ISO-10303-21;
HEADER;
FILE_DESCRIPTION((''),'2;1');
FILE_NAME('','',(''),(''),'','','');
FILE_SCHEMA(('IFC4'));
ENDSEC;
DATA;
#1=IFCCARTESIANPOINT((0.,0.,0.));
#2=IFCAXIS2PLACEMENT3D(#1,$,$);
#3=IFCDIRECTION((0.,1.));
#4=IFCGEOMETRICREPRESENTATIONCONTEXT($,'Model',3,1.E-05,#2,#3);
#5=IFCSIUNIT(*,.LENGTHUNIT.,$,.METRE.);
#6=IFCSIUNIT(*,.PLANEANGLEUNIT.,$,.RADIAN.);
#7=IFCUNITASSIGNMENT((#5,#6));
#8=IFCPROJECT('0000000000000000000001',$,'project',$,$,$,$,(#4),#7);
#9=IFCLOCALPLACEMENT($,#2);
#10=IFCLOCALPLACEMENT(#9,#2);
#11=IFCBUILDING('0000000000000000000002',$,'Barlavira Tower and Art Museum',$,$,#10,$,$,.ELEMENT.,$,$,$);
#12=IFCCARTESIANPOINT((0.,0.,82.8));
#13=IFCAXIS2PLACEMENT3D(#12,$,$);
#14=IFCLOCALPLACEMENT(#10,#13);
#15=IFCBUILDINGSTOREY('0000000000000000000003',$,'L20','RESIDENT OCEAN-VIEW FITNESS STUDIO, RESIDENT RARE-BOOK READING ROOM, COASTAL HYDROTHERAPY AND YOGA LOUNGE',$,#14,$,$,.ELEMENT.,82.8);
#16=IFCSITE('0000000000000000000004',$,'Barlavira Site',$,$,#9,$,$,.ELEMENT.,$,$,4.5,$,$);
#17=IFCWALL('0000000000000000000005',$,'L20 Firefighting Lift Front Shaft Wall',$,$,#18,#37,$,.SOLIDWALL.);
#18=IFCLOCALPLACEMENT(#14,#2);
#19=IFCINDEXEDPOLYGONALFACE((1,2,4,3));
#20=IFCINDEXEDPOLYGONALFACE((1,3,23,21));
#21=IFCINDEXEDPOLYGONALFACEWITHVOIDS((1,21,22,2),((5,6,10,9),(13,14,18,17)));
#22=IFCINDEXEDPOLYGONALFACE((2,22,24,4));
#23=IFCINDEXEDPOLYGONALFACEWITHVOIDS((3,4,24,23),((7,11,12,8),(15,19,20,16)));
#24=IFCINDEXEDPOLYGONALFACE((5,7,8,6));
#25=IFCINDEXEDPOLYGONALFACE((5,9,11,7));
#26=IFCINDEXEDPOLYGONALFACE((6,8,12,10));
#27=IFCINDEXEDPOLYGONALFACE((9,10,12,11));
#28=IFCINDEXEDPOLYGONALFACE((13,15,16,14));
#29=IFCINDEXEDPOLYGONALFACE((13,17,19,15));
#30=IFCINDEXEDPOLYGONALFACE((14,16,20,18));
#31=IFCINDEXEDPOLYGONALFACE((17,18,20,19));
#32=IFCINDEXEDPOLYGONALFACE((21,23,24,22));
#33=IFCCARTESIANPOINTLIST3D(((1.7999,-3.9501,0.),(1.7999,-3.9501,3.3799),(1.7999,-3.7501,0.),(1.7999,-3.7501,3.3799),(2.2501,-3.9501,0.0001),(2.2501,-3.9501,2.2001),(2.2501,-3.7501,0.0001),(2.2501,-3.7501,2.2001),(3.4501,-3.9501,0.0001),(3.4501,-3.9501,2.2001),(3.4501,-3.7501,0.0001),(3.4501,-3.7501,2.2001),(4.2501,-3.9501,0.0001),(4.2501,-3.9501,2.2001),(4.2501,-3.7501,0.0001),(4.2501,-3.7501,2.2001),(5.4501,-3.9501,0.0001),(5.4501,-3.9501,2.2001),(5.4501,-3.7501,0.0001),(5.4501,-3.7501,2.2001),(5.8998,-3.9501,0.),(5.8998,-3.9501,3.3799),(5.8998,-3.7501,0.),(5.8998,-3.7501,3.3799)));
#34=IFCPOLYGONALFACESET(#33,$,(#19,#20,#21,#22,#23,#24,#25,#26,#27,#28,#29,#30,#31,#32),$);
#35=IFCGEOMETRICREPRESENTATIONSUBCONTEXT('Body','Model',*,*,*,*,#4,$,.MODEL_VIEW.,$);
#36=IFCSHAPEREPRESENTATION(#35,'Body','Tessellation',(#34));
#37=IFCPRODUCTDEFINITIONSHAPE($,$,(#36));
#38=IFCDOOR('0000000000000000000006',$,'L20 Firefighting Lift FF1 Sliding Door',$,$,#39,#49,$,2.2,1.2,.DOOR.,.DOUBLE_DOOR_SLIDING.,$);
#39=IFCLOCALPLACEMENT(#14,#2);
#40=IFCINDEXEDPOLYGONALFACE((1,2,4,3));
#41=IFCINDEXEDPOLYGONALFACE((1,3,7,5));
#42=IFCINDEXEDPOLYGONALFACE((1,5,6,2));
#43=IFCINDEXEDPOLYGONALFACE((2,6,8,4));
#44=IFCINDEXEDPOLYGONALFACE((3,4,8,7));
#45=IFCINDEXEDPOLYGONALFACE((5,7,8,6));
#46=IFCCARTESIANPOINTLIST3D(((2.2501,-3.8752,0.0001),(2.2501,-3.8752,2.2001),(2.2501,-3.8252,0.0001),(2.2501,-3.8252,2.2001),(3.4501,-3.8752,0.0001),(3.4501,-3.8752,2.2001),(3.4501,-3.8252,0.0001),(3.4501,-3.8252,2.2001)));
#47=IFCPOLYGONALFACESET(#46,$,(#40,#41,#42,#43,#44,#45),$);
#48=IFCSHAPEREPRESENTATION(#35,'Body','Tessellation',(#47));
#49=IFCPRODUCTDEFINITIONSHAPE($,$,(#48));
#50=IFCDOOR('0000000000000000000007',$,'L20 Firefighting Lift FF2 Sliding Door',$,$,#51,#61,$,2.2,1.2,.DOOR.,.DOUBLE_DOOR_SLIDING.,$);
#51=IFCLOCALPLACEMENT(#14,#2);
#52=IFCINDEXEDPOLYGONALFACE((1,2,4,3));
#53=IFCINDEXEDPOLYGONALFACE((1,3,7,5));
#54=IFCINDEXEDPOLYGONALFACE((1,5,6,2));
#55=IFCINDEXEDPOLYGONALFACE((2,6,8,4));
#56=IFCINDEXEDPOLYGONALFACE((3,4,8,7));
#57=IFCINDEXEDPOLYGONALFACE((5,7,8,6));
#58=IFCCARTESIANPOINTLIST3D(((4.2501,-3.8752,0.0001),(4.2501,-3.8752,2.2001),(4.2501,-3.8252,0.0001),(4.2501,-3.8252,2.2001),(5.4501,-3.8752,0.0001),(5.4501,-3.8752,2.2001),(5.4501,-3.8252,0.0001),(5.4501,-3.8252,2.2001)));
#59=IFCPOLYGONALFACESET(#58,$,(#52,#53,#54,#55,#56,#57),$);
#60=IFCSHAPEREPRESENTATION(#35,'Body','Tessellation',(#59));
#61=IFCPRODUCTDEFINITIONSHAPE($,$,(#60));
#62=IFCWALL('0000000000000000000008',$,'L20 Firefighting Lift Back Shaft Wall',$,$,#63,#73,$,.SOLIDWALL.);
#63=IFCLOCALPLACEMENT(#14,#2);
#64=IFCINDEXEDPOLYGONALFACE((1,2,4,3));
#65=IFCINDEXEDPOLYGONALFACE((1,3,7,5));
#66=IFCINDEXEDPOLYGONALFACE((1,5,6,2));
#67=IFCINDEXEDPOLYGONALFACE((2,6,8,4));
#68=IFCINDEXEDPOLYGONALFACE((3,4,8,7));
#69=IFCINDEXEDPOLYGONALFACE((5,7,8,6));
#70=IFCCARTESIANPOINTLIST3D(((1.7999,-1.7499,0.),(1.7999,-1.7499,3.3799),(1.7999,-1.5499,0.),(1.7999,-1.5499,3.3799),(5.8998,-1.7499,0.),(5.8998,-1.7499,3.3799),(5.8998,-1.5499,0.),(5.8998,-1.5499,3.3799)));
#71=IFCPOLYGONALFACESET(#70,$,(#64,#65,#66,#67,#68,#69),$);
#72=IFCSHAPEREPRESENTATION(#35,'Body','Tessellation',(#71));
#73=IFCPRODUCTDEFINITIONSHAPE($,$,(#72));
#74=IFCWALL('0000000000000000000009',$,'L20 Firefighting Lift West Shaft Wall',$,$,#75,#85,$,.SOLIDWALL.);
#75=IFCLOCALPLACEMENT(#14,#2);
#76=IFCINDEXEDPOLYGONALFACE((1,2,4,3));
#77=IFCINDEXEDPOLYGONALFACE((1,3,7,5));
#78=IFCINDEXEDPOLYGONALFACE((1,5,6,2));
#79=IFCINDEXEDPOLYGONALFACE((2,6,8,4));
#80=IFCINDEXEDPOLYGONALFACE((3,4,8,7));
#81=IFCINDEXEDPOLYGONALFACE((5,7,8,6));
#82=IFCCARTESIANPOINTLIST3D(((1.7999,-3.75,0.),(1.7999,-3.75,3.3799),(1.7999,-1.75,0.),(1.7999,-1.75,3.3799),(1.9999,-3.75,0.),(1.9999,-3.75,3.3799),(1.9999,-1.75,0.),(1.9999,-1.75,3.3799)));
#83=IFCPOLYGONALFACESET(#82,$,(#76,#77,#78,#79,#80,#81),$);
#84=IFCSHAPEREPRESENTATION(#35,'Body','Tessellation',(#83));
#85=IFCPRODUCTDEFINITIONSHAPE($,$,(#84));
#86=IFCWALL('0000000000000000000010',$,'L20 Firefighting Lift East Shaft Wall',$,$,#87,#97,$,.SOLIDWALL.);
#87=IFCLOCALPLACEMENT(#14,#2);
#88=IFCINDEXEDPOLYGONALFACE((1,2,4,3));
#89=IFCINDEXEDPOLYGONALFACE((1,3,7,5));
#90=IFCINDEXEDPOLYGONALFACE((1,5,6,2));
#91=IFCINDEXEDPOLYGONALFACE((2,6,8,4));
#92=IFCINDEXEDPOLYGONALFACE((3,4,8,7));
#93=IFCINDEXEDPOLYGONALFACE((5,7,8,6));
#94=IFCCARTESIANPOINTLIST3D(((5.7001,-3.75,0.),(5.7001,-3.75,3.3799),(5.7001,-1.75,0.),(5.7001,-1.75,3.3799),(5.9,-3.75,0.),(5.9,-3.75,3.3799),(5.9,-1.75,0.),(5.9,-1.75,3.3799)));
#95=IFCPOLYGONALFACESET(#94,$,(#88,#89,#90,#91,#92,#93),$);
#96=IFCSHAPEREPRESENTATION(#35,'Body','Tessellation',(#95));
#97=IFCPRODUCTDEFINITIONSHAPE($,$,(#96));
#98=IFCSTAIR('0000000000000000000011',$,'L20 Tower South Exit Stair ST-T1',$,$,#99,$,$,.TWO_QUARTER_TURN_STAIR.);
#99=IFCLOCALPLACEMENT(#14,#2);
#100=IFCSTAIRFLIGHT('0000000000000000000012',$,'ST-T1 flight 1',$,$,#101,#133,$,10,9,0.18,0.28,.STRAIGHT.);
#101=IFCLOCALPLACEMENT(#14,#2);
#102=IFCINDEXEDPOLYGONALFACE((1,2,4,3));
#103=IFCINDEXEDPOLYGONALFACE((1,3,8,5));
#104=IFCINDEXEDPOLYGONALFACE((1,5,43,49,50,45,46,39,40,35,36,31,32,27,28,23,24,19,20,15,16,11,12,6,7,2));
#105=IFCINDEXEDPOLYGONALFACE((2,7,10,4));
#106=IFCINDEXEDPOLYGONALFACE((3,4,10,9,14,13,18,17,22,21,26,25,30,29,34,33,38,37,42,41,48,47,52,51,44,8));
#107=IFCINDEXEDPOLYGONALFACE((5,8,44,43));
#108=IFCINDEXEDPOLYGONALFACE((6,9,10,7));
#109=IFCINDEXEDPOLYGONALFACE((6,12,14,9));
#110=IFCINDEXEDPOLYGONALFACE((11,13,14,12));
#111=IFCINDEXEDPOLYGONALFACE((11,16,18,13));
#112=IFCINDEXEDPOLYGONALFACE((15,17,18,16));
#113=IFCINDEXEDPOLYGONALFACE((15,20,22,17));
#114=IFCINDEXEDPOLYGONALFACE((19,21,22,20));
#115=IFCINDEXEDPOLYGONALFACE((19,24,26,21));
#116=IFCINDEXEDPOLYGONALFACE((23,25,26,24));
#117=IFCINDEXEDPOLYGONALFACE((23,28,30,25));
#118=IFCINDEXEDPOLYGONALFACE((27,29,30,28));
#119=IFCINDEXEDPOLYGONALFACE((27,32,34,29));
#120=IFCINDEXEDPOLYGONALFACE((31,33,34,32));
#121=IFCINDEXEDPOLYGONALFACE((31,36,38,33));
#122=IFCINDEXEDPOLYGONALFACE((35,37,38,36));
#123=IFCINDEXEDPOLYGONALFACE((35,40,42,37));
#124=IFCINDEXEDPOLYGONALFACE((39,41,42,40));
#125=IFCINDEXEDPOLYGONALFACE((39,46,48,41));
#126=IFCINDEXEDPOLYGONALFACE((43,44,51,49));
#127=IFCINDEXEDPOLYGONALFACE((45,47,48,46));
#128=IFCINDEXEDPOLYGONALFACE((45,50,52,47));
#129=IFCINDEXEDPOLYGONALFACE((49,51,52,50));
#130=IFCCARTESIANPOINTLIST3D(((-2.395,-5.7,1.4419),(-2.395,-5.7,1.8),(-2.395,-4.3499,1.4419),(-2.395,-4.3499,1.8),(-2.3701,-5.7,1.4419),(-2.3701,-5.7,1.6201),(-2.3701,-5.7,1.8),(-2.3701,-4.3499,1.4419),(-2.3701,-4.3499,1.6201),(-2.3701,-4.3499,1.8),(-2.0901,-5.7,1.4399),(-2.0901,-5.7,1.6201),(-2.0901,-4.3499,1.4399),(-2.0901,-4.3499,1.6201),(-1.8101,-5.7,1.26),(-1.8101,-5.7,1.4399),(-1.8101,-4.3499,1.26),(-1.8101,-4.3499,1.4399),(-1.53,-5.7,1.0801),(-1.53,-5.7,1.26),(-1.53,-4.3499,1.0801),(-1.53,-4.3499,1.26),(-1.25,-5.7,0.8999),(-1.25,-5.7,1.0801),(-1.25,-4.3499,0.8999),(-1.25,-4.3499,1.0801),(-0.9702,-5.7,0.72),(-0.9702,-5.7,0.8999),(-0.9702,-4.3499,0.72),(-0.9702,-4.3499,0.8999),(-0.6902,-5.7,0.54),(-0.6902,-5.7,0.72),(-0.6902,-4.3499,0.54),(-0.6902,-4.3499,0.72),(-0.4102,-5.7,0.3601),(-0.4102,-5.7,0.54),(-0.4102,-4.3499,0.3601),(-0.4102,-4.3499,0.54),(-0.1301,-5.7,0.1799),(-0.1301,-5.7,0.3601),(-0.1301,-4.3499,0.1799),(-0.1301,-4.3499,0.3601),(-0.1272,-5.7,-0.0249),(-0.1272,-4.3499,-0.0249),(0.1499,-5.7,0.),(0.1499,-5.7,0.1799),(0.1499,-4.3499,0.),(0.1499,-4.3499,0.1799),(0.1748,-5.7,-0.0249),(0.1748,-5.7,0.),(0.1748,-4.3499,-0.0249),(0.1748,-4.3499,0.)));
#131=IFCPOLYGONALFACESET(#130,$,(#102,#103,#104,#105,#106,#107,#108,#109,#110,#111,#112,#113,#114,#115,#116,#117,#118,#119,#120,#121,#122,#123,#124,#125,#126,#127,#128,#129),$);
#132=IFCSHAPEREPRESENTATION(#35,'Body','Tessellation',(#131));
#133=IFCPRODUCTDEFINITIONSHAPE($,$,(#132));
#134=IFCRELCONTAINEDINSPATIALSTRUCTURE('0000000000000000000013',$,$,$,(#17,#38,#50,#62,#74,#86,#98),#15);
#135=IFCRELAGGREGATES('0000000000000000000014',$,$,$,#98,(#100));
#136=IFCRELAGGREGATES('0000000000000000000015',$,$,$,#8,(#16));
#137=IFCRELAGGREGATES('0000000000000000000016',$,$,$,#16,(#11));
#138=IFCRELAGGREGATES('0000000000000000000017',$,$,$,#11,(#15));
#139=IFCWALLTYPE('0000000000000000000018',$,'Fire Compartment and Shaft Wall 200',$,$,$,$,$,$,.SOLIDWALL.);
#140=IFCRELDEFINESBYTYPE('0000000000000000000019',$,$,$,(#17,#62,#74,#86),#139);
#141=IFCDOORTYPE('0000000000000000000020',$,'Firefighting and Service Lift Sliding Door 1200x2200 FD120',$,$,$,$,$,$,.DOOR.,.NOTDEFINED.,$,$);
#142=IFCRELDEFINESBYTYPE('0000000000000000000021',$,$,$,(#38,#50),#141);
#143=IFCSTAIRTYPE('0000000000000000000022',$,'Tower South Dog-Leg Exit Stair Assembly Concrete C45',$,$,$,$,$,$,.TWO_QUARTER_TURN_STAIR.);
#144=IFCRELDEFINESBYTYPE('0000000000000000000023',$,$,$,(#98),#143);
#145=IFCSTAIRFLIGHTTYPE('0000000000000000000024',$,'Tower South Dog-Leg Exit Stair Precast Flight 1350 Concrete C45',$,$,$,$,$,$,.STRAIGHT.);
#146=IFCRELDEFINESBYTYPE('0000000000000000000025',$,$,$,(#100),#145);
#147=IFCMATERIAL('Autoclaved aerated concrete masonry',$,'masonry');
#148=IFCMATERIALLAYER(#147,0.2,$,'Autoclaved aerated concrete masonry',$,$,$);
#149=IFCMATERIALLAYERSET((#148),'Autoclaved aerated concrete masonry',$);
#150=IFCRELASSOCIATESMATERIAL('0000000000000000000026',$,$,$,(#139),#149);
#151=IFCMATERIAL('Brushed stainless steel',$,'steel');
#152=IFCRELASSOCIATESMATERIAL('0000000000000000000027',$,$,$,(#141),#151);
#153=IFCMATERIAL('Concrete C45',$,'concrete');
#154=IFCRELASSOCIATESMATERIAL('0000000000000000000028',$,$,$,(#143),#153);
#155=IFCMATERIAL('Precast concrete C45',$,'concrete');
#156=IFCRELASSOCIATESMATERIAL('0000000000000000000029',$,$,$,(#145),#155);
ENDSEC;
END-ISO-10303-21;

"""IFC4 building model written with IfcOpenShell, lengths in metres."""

from ifc_helpers import new_model, si_unit, direction, frame, frame_2d, origin, place, context, subcontext, project, spatial, polyline, rectangle, outline, extrude, material, layer, layer_set, type_object, element, fill, aggregate, save


model = new_model("IFC4")

# Units and contexts
model_context = context("Model", 3, precision=1e-05, world=origin(), true_north=direction((0.0, 1.0)))
body_context = subcontext(model_context, "Body", "Model", "MODEL_VIEW")
ifc_project = project(units=[si_unit("LENGTHUNIT", "METRE"), si_unit("PLANEANGLEUNIT", "RADIAN")], contexts=[model_context])

# Site, building, storey
site_placement = place(None, origin())
site = spatial("IfcSite", under=ifc_project, at=site_placement, Name="Barlavira Site", CompositionType="ELEMENT", RefElevation=4.5)
building_placement = place(site_placement, origin())
building = spatial("IfcBuilding", under=site, at=building_placement, Name="Barlavira Tower and Art Museum", CompositionType="ELEMENT")
storey_placement = place(building_placement, frame((0.0, 0.0, 82.8)))
storey = spatial("IfcBuildingStorey", under=building, at=storey_placement, Name="L20", Description="RESIDENT OCEAN-VIEW FITNESS STUDIO, RESIDENT RARE-BOOK READING ROOM, COASTAL HYDROTHERAPY AND YOGA LOUNGE", CompositionType="ELEMENT", Elevation=82.8)

# Shared definitions
ifc_material_1 = material(Name="Brushed stainless steel", Category="steel")

# Shared definitions
ifc_material_2 = material(Name="Autoclaved aerated concrete masonry", Category="masonry")
ifc_layer_1 = layer(ifc_material_2, 0.2, Name="Autoclaved aerated concrete masonry")
ifc_layer_set_1 = layer_set([ifc_layer_1], Name="Autoclaved aerated concrete masonry")
wall_type_1 = type_object("IfcWallType", Name="Fire Compartment and Shaft Wall 200", PredefinedType="SOLIDWALL", material=ifc_layer_set_1)

# Wall, openings, doors
wall_1_placement = place(storey_placement, frame((1.8, -3.8501, 0.0), z_axis=(0.0, 0.0, 1.0), x_axis=(1.0, 0.0, 0.0)))
wall_1 = element("IfcWall", 1, at=wall_1_placement, inside=storey, type_object=wall_type_1, Name="L20 Firefighting Lift Front Shaft Wall", PredefinedType="SOLIDWALL", context=body_context, shape_type="SweptSolid", body=[
    extrude(rectangle(XDim=4.0999, YDim=0.2, at=frame_2d((2.0498, 0.0))), origin(), (0.0, 0.0, 1.0), 3.3799),
])
opening_1_placement = place(wall_1_placement, frame((0.45, 0.0, 0.0)))
opening_1 = element("IfcOpeningElement", 2, at=opening_1_placement, cuts=wall_1, PredefinedType="OPENING", context=body_context, shape_type="SweptSolid", body=[
    extrude(rectangle(XDim=1.2, YDim=2.2, at=frame_2d((0.6001, 1.1001))), frame((0.0, 0.1099, 0.0), z_axis=(0.0, -1.0, 0.0), x_axis=(1.0, 0.0, 0.0)), (0.0, 0.0, 1.0), 0.22),
])
opening_2_placement = place(wall_1_placement, frame((2.45, 0.0, 0.0)))
opening_2 = element("IfcOpeningElement", 3, at=opening_2_placement, cuts=wall_1, PredefinedType="OPENING", context=body_context, shape_type="SweptSolid", body=[
    extrude(rectangle(XDim=1.2, YDim=2.2, at=frame_2d((0.6001, 1.1001))), frame((0.0, 0.1099, 0.0), z_axis=(0.0, -1.0, 0.0), x_axis=(1.0, 0.0, 0.0)), (0.0, 0.0, 1.0), 0.22),
])
door_type_1 = type_object("IfcDoorType", Name="Firefighting and Service Lift Sliding Door 1200x2200 FD120", OperationType="NOTDEFINED", PredefinedType="DOOR", material=ifc_material_1)
door_1_placement = place(opening_1_placement, origin())
door_1 = element("IfcDoor", 4, at=door_1_placement, inside=storey, type_object=door_type_1, Name="L20 Firefighting Lift FF1 Sliding Door", OperationType="DOUBLE_DOOR_SLIDING", OverallHeight=2.2, OverallWidth=1.2, PredefinedType="DOOR", context=body_context, shape_type="SweptSolid", body=[
    extrude(rectangle(XDim=1.2, YDim=2.2, at=frame_2d((0.6001, 1.1001))), frame((0.0, 0.0249, 0.0), z_axis=(0.0, -1.0, 0.0), x_axis=(1.0, 0.0, 0.0)), (0.0, 0.0, 1.0), 0.05),
])
fill(opening_1, door_1)
door_2_placement = place(opening_2_placement, origin())
door_2 = element("IfcDoor", 5, at=door_2_placement, inside=storey, type_object=door_type_1, Name="L20 Firefighting Lift FF2 Sliding Door", OperationType="DOUBLE_DOOR_SLIDING", OverallHeight=2.2, OverallWidth=1.2, PredefinedType="DOOR", context=body_context, shape_type="SweptSolid", body=[
    extrude(rectangle(XDim=1.2, YDim=2.2, at=frame_2d((0.6001, 1.1001))), frame((0.0, 0.0249, 0.0), z_axis=(0.0, -1.0, 0.0), x_axis=(1.0, 0.0, 0.0)), (0.0, 0.0, 1.0), 0.05),
])
fill(opening_2, door_2)

# Walls
wall_2_placement = place(storey_placement, frame((1.8, -1.6499, 0.0), z_axis=(0.0, 0.0, 1.0), x_axis=(1.0, 0.0, 0.0)))
element("IfcWall", 6, at=wall_2_placement, inside=storey, type_object=wall_type_1, Name="L20 Firefighting Lift Back Shaft Wall", PredefinedType="SOLIDWALL", context=body_context, shape_type="SweptSolid", body=[
    extrude(rectangle(XDim=4.0999, YDim=0.2, at=frame_2d((2.0498, 0.0))), origin(), (0.0, 0.0, 1.0), 3.3799),
])
for number, where, z_axis, x_axis, name in (
    (7, (1.8999, -3.75, 0.0), (0.0, 0.0, 1.0), (0.0, 1.0, 0.0), "L20 Firefighting Lift West Shaft Wall"),
    (8, (5.8, -3.75, 0.0), (0.0, 0.0, 1.0), (0.0, 1.0, 0.0), "L20 Firefighting Lift East Shaft Wall"),
):
    element("IfcWall", number, at=place(storey_placement, frame(where, z_axis=z_axis, x_axis=x_axis)), inside=storey, type_object=wall_type_1, Name=name, PredefinedType="SOLIDWALL", context=body_context, shape_type="SweptSolid", body=[
        extrude(rectangle(XDim=2.0, YDim=0.2, at=frame_2d((1.0, 0.0))), origin(), (0.0, 0.0, 1.0), 3.3799),
    ])

# Stair, stair flight
ifc_material_3 = material(Name="Concrete C45", Category="concrete")
stair_type = type_object("IfcStairType", Name="Tower South Dog-Leg Exit Stair Assembly Concrete C45", PredefinedType="TWO_QUARTER_TURN_STAIR", material=ifc_material_3)
stair_placement = place(storey_placement, origin())
stair = element("IfcStair", 9, at=stair_placement, inside=storey, type_object=stair_type, Name="L20 Tower South Exit Stair ST-T1", PredefinedType="TWO_QUARTER_TURN_STAIR")
ifc_material_4 = material(Name="Precast concrete C45", Category="concrete")
stair_flight_type = type_object("IfcStairFlightType", Name="Tower South Dog-Leg Exit Stair Precast Flight 1350 Concrete C45", PredefinedType="STRAIGHT", material=ifc_material_4)
stair_flight_placement = place(storey_placement, frame((0.1499, -5.0249, 0.0), z_axis=(0.0, 0.0, 1.0), x_axis=(-1.0, 0.0, 0.0)))
stair_flight = element("IfcStairFlight", 10, at=stair_flight_placement, type_object=stair_flight_type, Name="ST-T1 flight 1", NumberOfRisers=10, NumberOfTreads=9, PredefinedType="STRAIGHT", RiserHeight=0.18, TreadLength=0.28, context=body_context, shape_type="SweptSolid", body=[
    extrude(outline(polyline([(-0.0249, 0.0), (0.0, 0.0), (0.0, 0.1799), (0.28, 0.1799), (0.28, 0.3601), (0.5601, 0.3601), (0.5601, 0.54), (0.8401, 0.54), (0.8401, 0.72), (1.1201, 0.72), (1.1201, 0.8999), (1.3999, 0.8999), (1.3999, 1.0801), (1.6799, 1.0801), (1.6799, 1.26), (1.96, 1.26), (1.96, 1.4399), (2.24, 1.4399), (2.24, 1.6201), (2.52, 1.6201), (2.52, 1.8), (2.5449, 1.8), (2.5449, 1.4419), (2.52, 1.4419), (0.2771, -0.0249), (-0.0249, -0.0249), (-0.0249, 0.0)])), frame((0.0, 0.675, 0.0), z_axis=(0.0, -1.0, 0.0), x_axis=(1.0, 0.0, 0.0)), (0.0, 0.0, 1.0), 1.3501),
])
aggregate(stair, [stair_flight])

save(model, "model.ifc")
